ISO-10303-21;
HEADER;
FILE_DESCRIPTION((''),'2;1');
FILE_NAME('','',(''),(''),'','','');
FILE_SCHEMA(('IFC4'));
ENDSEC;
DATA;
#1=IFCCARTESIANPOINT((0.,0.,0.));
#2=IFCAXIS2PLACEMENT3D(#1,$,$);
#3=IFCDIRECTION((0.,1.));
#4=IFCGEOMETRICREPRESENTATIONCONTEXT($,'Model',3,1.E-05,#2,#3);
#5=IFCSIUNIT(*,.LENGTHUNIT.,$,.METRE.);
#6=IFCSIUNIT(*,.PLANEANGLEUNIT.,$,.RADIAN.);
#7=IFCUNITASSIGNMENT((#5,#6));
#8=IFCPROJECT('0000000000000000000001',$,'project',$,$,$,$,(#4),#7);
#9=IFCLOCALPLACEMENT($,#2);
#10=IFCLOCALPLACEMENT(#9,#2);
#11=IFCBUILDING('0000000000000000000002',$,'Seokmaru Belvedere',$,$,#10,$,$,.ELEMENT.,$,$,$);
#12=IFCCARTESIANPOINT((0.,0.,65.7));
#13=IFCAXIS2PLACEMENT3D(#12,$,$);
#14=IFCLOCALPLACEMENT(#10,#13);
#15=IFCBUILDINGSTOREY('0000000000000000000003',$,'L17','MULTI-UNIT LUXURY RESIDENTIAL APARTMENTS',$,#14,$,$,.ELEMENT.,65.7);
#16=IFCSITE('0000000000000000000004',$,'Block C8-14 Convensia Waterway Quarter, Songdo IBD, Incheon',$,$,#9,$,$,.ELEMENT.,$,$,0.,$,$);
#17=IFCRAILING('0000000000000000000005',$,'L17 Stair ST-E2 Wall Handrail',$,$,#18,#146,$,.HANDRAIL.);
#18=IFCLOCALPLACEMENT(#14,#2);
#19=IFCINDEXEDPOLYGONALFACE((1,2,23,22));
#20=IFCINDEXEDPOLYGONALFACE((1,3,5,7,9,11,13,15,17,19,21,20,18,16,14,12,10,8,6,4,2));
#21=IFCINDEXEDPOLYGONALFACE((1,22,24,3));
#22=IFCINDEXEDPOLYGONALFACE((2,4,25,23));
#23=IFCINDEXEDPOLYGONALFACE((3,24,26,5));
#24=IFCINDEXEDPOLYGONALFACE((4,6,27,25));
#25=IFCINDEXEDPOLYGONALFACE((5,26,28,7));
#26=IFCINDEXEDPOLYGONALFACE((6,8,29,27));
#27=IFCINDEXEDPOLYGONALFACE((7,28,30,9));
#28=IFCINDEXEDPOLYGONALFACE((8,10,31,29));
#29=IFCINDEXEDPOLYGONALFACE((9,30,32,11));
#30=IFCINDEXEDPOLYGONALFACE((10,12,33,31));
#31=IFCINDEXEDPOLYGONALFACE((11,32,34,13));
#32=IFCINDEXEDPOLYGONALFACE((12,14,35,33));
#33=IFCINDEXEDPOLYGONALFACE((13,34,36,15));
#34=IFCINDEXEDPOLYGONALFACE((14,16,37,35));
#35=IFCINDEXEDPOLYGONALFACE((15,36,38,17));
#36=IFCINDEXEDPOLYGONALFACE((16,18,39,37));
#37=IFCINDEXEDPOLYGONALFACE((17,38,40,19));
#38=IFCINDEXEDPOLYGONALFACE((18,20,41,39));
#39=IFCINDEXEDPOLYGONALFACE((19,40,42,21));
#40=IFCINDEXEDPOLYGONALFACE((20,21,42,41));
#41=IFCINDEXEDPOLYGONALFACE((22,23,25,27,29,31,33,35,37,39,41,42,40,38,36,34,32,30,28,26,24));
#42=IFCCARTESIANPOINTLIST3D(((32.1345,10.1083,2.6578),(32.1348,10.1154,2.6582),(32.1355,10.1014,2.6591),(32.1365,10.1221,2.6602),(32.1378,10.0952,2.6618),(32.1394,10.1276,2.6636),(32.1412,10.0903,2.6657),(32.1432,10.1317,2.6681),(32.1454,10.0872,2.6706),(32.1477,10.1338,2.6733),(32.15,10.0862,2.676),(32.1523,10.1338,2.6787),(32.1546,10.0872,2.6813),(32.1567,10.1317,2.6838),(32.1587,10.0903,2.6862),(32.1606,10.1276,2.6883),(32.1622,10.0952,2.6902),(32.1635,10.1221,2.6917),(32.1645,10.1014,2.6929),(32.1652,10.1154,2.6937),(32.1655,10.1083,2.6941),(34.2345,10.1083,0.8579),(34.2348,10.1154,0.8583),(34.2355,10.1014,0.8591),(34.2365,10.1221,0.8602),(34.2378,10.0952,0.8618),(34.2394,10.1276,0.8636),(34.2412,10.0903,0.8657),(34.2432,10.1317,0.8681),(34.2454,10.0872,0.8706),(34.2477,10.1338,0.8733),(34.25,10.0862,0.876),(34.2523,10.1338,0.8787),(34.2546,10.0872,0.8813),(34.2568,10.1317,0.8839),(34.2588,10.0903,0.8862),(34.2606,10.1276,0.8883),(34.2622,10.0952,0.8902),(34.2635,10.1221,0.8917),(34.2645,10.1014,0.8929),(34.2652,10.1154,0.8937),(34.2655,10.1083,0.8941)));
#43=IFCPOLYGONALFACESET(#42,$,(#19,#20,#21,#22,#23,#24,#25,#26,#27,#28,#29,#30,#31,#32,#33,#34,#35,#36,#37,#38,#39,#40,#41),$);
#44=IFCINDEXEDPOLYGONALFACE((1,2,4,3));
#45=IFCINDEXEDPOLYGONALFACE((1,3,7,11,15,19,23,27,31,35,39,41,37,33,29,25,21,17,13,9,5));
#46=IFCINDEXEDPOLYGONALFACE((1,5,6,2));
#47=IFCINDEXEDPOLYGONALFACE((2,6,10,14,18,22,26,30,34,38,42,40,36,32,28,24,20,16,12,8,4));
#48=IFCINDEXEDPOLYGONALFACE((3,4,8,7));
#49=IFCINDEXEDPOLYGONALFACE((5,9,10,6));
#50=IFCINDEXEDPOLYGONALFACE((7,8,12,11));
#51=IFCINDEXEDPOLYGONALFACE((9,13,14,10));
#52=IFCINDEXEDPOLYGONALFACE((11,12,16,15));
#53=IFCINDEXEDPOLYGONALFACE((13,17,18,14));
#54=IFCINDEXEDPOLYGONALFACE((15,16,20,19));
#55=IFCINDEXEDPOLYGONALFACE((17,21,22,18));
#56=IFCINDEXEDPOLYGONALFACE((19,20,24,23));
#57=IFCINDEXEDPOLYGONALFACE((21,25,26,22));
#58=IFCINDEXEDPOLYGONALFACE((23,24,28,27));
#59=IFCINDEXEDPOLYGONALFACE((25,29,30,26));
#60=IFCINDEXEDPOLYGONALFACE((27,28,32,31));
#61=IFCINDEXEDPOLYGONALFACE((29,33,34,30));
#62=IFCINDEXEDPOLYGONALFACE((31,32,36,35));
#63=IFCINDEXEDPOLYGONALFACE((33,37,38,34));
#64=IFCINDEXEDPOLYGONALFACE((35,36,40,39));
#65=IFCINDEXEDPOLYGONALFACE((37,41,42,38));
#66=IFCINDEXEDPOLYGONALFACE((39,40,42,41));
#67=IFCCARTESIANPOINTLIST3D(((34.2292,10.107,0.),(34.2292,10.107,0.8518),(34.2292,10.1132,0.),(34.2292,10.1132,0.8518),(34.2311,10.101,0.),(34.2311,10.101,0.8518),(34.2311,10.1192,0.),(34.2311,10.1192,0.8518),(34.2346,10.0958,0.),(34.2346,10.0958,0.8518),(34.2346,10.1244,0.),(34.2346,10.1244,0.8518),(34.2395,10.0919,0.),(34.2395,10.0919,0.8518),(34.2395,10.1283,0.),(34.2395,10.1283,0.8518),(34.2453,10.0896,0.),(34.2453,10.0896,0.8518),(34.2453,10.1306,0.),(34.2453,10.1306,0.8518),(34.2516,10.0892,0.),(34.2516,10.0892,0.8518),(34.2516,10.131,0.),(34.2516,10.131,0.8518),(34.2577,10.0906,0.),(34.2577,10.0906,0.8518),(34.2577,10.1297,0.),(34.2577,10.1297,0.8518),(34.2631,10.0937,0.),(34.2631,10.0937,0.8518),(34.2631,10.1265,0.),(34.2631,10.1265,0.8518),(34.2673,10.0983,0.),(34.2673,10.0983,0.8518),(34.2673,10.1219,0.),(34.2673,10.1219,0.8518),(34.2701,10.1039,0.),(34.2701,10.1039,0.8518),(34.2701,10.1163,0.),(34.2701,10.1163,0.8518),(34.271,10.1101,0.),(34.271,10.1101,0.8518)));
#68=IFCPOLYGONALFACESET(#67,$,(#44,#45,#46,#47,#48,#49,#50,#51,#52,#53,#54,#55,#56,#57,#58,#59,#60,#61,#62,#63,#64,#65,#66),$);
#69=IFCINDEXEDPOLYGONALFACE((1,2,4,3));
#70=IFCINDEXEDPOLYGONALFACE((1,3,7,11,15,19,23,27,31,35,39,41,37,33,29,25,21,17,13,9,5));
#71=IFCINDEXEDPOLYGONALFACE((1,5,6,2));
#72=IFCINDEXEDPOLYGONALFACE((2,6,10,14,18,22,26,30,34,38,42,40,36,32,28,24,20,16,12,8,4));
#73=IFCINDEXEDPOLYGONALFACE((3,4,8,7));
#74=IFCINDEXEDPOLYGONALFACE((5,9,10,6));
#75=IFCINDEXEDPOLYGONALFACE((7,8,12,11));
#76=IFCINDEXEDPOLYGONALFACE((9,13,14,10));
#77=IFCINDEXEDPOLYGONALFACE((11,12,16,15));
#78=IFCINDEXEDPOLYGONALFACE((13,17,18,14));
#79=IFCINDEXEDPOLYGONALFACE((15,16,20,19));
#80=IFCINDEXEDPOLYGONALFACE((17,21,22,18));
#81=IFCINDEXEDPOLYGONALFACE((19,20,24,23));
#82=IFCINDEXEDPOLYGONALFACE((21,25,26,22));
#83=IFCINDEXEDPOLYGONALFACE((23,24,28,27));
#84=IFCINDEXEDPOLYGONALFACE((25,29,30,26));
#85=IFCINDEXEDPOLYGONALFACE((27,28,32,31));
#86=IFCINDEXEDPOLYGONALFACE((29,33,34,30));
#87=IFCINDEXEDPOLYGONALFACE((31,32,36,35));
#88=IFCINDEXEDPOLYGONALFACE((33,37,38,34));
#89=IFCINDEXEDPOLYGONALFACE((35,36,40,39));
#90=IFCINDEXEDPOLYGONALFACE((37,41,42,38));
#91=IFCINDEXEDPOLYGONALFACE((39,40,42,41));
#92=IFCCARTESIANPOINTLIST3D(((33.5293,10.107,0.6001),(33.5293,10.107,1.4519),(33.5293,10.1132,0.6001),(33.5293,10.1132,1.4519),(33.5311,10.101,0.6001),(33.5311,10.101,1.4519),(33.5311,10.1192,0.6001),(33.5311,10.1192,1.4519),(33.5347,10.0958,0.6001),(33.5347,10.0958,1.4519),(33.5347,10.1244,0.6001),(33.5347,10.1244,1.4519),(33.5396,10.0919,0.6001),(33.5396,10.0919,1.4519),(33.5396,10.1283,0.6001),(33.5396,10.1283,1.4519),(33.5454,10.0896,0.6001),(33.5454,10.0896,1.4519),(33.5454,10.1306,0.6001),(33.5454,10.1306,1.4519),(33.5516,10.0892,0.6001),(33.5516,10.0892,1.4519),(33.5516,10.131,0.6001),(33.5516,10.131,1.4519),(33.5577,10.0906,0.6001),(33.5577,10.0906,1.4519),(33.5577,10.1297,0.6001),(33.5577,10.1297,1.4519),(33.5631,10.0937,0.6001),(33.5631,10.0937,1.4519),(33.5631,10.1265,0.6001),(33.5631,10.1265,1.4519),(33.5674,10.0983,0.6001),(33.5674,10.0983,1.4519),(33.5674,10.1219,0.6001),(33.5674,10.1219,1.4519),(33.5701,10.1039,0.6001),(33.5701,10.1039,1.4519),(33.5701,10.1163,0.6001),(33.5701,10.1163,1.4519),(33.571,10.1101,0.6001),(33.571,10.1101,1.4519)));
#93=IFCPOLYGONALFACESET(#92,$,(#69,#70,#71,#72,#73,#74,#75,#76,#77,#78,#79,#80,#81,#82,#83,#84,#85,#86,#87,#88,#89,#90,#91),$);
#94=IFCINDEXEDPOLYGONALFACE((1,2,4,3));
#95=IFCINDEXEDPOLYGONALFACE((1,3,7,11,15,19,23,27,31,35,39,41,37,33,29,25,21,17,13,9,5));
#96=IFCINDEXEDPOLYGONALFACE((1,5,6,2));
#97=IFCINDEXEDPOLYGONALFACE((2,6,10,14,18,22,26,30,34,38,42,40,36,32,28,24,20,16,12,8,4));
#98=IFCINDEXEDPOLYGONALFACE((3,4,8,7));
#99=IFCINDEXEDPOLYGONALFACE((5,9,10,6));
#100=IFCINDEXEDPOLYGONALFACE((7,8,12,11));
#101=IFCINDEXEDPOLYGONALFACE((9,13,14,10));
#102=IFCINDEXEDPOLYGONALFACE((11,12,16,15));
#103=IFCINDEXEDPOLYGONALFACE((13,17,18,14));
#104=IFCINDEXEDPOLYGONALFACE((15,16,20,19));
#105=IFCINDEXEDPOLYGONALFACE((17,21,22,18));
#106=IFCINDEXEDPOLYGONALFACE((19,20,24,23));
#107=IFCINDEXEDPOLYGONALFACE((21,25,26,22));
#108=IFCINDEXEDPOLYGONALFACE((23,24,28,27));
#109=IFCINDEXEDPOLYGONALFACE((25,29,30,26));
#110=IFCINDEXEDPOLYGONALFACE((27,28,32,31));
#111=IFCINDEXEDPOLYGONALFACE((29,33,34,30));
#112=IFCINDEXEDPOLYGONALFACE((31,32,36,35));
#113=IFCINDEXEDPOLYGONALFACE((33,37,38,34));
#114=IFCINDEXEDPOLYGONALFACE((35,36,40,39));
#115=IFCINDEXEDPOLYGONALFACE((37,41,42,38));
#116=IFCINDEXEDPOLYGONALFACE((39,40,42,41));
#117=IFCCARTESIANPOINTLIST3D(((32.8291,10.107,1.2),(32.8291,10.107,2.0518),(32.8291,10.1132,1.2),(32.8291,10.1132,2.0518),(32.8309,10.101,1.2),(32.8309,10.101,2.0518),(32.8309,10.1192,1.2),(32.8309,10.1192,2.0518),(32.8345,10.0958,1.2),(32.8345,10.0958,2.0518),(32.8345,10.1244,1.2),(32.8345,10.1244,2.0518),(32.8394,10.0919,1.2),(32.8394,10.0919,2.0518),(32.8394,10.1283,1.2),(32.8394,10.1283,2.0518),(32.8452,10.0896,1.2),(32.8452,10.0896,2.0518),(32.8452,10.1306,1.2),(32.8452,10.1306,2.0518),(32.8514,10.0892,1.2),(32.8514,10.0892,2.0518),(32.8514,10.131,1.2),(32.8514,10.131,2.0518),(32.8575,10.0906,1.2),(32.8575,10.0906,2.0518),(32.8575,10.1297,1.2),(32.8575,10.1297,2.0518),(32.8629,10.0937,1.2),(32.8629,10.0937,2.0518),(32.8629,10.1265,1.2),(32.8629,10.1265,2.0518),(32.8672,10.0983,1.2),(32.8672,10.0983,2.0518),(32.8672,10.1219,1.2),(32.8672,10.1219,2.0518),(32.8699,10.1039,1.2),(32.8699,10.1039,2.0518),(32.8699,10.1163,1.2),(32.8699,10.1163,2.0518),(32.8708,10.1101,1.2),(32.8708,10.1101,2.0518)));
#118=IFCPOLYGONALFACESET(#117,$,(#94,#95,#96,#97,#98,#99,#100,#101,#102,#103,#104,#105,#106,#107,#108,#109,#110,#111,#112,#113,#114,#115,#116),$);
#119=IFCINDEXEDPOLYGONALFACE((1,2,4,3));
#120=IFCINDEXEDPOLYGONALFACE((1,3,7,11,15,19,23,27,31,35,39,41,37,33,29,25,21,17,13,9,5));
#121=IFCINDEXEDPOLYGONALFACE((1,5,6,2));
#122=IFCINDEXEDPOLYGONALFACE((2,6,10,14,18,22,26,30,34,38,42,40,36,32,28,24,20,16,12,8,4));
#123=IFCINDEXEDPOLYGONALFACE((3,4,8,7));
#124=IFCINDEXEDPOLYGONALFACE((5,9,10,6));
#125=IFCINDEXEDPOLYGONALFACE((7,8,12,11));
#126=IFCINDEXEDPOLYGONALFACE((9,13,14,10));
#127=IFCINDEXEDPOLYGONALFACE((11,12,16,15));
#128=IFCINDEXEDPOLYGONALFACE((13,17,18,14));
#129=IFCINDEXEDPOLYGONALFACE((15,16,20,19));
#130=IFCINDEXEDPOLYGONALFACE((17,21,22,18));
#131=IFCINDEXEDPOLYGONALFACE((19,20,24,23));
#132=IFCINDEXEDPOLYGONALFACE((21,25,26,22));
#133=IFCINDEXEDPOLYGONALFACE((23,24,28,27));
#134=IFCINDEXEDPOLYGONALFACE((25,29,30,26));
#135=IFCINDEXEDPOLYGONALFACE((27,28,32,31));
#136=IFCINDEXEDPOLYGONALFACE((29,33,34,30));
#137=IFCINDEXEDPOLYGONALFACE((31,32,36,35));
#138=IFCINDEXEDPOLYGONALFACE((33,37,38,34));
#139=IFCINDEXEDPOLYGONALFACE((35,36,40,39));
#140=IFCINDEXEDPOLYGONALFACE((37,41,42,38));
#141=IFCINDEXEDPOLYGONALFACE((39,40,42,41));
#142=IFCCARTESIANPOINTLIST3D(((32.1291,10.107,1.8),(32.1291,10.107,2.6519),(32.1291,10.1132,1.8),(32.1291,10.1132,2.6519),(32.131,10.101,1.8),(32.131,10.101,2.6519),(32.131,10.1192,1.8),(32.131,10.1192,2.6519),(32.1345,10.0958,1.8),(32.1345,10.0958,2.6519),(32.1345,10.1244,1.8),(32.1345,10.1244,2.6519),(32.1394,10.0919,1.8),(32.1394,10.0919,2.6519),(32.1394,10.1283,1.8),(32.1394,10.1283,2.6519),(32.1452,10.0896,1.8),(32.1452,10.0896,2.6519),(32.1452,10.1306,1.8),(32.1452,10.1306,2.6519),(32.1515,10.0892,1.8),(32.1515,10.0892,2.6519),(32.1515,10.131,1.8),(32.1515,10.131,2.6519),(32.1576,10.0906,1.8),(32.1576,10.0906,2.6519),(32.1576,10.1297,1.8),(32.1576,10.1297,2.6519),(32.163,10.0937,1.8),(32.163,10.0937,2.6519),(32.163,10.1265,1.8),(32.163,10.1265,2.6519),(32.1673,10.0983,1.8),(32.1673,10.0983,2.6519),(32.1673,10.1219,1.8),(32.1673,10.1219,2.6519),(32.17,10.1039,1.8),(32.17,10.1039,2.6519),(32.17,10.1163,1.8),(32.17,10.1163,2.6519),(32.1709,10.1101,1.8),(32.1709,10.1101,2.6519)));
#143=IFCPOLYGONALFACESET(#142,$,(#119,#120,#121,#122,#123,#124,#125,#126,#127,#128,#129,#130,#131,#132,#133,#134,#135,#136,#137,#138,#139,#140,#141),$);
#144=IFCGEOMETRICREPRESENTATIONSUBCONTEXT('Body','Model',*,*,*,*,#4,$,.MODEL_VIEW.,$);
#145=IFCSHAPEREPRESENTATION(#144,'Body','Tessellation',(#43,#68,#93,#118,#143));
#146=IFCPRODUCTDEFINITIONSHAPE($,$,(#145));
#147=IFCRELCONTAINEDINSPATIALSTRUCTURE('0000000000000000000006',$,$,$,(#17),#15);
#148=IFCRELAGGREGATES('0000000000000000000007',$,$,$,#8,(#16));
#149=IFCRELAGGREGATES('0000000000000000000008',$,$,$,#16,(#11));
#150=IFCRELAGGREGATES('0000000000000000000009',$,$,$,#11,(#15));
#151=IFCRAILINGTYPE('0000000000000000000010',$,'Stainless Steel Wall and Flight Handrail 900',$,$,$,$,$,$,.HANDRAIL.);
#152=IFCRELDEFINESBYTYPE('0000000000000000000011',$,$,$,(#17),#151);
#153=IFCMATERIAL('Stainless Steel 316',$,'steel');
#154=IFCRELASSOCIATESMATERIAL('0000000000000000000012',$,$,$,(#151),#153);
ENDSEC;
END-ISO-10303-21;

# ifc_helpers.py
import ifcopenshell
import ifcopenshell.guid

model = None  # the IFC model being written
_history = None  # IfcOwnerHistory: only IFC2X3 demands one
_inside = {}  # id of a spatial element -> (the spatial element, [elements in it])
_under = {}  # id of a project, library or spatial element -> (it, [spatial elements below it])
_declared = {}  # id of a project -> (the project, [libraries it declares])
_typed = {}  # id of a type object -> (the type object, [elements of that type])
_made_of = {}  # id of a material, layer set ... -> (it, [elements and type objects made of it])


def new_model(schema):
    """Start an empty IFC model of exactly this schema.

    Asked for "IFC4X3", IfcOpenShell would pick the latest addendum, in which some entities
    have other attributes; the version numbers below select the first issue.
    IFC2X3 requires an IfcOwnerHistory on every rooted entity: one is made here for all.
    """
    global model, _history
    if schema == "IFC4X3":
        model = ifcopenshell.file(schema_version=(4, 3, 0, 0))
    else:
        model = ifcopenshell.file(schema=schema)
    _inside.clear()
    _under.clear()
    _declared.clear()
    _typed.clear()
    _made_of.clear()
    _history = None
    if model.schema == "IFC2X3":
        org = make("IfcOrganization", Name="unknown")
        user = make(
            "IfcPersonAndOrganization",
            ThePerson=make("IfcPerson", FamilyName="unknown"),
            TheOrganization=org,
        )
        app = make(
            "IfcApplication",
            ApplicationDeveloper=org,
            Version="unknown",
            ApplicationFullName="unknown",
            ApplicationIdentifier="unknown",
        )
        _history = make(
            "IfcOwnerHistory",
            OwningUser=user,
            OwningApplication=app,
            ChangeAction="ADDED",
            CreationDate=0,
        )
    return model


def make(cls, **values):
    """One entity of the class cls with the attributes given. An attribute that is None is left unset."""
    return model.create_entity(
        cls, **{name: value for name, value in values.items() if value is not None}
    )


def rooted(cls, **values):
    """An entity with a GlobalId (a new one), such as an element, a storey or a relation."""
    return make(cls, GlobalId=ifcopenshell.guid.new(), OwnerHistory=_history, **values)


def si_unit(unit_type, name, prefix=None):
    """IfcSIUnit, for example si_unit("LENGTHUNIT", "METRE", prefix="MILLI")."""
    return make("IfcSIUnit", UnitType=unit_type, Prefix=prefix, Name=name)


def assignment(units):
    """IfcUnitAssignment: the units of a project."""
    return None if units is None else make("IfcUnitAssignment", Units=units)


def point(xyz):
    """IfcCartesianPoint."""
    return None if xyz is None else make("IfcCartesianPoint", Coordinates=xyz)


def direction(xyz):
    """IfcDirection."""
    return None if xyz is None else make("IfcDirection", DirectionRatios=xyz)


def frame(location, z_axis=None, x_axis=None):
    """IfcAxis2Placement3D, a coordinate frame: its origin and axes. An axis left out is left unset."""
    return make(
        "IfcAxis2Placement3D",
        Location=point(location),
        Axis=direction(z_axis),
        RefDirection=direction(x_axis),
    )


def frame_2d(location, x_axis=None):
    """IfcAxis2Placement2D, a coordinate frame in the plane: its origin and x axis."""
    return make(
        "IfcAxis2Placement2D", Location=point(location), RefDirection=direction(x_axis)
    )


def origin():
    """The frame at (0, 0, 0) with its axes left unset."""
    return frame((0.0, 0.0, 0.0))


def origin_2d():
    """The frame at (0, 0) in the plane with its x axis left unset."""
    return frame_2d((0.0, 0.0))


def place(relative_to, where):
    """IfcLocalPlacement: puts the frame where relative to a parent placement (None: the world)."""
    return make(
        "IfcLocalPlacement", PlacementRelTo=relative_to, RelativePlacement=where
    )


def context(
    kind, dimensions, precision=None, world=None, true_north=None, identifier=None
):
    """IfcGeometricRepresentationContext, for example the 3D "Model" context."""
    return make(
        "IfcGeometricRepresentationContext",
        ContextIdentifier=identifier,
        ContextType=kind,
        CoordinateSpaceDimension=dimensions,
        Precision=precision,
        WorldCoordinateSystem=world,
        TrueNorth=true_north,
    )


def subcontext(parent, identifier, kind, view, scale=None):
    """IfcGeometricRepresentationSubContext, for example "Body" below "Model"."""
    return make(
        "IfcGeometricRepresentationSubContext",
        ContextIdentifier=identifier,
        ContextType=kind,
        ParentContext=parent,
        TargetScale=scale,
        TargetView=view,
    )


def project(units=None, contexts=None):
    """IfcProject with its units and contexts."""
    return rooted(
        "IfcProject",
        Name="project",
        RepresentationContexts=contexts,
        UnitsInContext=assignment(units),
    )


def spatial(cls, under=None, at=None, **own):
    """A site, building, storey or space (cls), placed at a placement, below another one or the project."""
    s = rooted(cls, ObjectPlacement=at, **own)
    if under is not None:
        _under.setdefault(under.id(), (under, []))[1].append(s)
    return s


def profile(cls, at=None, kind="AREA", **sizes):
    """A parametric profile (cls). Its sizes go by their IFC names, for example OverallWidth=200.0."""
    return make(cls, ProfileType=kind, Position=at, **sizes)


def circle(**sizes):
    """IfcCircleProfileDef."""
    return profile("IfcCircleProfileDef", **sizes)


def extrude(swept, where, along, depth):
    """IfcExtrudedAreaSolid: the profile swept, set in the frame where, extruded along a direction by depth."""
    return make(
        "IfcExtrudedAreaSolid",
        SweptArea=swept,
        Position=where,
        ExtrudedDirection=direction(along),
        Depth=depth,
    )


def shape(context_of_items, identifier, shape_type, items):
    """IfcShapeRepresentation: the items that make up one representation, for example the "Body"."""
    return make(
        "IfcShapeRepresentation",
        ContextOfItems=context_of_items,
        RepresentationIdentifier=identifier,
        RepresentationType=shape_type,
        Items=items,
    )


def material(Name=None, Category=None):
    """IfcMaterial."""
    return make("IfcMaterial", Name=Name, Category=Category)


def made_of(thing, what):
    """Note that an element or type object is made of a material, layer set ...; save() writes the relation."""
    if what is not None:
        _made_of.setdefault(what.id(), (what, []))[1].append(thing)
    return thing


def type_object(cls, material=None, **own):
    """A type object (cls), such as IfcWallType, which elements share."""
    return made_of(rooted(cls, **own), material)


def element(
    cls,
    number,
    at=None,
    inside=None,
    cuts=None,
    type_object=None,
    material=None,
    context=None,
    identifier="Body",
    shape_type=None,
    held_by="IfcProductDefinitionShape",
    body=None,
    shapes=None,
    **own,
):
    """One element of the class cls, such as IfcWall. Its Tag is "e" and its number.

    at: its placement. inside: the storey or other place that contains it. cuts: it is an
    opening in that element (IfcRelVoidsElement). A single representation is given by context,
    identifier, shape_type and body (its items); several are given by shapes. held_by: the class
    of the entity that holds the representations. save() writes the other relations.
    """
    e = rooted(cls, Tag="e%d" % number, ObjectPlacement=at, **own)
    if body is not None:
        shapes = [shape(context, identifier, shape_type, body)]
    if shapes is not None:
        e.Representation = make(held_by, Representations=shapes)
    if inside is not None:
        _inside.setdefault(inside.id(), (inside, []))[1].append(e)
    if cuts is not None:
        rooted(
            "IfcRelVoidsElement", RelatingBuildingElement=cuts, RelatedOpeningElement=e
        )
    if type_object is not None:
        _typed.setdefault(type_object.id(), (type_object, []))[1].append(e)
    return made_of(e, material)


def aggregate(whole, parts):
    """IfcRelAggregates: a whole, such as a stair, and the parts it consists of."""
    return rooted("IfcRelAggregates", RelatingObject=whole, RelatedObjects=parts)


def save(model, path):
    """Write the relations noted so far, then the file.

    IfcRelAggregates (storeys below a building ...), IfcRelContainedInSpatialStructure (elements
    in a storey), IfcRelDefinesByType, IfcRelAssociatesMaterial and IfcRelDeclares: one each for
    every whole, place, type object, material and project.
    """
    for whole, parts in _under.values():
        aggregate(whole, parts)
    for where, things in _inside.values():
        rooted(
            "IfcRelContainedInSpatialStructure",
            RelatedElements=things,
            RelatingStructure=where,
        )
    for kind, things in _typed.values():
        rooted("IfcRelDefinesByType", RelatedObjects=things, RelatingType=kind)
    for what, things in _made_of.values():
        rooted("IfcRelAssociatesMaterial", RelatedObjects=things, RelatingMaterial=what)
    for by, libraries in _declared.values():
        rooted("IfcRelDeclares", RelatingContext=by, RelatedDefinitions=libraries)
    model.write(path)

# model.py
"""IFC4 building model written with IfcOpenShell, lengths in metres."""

from ifc_helpers import new_model, si_unit, direction, frame, origin, origin_2d, place, context, subcontext, project, spatial, circle, extrude, material, type_object, element, save


model = new_model("IFC4")

# Units and contexts
model_context = context("Model", 3, precision=1e-05, world=origin(), true_north=direction((0.0, 1.0)))
body_context = subcontext(model_context, "Body", "Model", "MODEL_VIEW")
ifc_project = project(units=[si_unit("LENGTHUNIT", "METRE"), si_unit("PLANEANGLEUNIT", "RADIAN")], contexts=[model_context])

# Site, building, storey
site_placement = place(None, origin())
site = spatial("IfcSite", under=ifc_project, at=site_placement, Name="Block C8-14 Convensia Waterway Quarter, Songdo IBD, Incheon", CompositionType="ELEMENT", RefElevation=0.0)
building_placement = place(site_placement, origin())
building = spatial("IfcBuilding", under=site, at=building_placement, Name="Seokmaru Belvedere", CompositionType="ELEMENT")
storey_placement = place(building_placement, frame((0.0, 0.0, 65.7)))
storey = spatial("IfcBuildingStorey", under=building, at=storey_placement, Name="L17", Description="MULTI-UNIT LUXURY RESIDENTIAL APARTMENTS", CompositionType="ELEMENT", Elevation=65.7)

# Railing
ifc_material_1 = material(Name="Stainless Steel 316", Category="steel")
railing_type = type_object("IfcRailingType", Name="Stainless Steel Wall and Flight Handrail 900", PredefinedType="HANDRAIL", material=ifc_material_1)
railing_placement = place(storey_placement, frame((34.25, 10.1101, 0.0)))
element("IfcRailing", 1, at=railing_placement, inside=storey, type_object=railing_type, Name="L17 Stair ST-E2 Wall Handrail", PredefinedType="HANDRAIL", context=body_context, shape_type="SweptSolid", body=[
    extrude(circle(Radius=0.0239, at=origin_2d()), frame((0.0, 0.0, 0.876), z_axis=(-0.759263, 0.0, 0.650784), x_axis=(0.0, -1.0, 0.0)), (0.0, 0.0, 1.0), 2.7659),
    extrude(circle(Radius=0.021, at=origin_2d()), origin(), (0.0, 0.0, 1.0), 0.8518),
    extrude(circle(Radius=0.021, at=origin_2d()), frame((-0.7, 0.0, 0.6001)), (0.0, 0.0, 1.0), 0.8518),
    extrude(circle(Radius=0.021, at=origin_2d()), frame((-1.4001, 0.0, 1.2)), (0.0, 0.0, 1.0), 0.8518),
    extrude(circle(Radius=0.021, at=origin_2d()), frame((-2.1001, 0.0, 1.8)), (0.0, 0.0, 1.0), 0.8518),
])

save(model, "model.ifc")
